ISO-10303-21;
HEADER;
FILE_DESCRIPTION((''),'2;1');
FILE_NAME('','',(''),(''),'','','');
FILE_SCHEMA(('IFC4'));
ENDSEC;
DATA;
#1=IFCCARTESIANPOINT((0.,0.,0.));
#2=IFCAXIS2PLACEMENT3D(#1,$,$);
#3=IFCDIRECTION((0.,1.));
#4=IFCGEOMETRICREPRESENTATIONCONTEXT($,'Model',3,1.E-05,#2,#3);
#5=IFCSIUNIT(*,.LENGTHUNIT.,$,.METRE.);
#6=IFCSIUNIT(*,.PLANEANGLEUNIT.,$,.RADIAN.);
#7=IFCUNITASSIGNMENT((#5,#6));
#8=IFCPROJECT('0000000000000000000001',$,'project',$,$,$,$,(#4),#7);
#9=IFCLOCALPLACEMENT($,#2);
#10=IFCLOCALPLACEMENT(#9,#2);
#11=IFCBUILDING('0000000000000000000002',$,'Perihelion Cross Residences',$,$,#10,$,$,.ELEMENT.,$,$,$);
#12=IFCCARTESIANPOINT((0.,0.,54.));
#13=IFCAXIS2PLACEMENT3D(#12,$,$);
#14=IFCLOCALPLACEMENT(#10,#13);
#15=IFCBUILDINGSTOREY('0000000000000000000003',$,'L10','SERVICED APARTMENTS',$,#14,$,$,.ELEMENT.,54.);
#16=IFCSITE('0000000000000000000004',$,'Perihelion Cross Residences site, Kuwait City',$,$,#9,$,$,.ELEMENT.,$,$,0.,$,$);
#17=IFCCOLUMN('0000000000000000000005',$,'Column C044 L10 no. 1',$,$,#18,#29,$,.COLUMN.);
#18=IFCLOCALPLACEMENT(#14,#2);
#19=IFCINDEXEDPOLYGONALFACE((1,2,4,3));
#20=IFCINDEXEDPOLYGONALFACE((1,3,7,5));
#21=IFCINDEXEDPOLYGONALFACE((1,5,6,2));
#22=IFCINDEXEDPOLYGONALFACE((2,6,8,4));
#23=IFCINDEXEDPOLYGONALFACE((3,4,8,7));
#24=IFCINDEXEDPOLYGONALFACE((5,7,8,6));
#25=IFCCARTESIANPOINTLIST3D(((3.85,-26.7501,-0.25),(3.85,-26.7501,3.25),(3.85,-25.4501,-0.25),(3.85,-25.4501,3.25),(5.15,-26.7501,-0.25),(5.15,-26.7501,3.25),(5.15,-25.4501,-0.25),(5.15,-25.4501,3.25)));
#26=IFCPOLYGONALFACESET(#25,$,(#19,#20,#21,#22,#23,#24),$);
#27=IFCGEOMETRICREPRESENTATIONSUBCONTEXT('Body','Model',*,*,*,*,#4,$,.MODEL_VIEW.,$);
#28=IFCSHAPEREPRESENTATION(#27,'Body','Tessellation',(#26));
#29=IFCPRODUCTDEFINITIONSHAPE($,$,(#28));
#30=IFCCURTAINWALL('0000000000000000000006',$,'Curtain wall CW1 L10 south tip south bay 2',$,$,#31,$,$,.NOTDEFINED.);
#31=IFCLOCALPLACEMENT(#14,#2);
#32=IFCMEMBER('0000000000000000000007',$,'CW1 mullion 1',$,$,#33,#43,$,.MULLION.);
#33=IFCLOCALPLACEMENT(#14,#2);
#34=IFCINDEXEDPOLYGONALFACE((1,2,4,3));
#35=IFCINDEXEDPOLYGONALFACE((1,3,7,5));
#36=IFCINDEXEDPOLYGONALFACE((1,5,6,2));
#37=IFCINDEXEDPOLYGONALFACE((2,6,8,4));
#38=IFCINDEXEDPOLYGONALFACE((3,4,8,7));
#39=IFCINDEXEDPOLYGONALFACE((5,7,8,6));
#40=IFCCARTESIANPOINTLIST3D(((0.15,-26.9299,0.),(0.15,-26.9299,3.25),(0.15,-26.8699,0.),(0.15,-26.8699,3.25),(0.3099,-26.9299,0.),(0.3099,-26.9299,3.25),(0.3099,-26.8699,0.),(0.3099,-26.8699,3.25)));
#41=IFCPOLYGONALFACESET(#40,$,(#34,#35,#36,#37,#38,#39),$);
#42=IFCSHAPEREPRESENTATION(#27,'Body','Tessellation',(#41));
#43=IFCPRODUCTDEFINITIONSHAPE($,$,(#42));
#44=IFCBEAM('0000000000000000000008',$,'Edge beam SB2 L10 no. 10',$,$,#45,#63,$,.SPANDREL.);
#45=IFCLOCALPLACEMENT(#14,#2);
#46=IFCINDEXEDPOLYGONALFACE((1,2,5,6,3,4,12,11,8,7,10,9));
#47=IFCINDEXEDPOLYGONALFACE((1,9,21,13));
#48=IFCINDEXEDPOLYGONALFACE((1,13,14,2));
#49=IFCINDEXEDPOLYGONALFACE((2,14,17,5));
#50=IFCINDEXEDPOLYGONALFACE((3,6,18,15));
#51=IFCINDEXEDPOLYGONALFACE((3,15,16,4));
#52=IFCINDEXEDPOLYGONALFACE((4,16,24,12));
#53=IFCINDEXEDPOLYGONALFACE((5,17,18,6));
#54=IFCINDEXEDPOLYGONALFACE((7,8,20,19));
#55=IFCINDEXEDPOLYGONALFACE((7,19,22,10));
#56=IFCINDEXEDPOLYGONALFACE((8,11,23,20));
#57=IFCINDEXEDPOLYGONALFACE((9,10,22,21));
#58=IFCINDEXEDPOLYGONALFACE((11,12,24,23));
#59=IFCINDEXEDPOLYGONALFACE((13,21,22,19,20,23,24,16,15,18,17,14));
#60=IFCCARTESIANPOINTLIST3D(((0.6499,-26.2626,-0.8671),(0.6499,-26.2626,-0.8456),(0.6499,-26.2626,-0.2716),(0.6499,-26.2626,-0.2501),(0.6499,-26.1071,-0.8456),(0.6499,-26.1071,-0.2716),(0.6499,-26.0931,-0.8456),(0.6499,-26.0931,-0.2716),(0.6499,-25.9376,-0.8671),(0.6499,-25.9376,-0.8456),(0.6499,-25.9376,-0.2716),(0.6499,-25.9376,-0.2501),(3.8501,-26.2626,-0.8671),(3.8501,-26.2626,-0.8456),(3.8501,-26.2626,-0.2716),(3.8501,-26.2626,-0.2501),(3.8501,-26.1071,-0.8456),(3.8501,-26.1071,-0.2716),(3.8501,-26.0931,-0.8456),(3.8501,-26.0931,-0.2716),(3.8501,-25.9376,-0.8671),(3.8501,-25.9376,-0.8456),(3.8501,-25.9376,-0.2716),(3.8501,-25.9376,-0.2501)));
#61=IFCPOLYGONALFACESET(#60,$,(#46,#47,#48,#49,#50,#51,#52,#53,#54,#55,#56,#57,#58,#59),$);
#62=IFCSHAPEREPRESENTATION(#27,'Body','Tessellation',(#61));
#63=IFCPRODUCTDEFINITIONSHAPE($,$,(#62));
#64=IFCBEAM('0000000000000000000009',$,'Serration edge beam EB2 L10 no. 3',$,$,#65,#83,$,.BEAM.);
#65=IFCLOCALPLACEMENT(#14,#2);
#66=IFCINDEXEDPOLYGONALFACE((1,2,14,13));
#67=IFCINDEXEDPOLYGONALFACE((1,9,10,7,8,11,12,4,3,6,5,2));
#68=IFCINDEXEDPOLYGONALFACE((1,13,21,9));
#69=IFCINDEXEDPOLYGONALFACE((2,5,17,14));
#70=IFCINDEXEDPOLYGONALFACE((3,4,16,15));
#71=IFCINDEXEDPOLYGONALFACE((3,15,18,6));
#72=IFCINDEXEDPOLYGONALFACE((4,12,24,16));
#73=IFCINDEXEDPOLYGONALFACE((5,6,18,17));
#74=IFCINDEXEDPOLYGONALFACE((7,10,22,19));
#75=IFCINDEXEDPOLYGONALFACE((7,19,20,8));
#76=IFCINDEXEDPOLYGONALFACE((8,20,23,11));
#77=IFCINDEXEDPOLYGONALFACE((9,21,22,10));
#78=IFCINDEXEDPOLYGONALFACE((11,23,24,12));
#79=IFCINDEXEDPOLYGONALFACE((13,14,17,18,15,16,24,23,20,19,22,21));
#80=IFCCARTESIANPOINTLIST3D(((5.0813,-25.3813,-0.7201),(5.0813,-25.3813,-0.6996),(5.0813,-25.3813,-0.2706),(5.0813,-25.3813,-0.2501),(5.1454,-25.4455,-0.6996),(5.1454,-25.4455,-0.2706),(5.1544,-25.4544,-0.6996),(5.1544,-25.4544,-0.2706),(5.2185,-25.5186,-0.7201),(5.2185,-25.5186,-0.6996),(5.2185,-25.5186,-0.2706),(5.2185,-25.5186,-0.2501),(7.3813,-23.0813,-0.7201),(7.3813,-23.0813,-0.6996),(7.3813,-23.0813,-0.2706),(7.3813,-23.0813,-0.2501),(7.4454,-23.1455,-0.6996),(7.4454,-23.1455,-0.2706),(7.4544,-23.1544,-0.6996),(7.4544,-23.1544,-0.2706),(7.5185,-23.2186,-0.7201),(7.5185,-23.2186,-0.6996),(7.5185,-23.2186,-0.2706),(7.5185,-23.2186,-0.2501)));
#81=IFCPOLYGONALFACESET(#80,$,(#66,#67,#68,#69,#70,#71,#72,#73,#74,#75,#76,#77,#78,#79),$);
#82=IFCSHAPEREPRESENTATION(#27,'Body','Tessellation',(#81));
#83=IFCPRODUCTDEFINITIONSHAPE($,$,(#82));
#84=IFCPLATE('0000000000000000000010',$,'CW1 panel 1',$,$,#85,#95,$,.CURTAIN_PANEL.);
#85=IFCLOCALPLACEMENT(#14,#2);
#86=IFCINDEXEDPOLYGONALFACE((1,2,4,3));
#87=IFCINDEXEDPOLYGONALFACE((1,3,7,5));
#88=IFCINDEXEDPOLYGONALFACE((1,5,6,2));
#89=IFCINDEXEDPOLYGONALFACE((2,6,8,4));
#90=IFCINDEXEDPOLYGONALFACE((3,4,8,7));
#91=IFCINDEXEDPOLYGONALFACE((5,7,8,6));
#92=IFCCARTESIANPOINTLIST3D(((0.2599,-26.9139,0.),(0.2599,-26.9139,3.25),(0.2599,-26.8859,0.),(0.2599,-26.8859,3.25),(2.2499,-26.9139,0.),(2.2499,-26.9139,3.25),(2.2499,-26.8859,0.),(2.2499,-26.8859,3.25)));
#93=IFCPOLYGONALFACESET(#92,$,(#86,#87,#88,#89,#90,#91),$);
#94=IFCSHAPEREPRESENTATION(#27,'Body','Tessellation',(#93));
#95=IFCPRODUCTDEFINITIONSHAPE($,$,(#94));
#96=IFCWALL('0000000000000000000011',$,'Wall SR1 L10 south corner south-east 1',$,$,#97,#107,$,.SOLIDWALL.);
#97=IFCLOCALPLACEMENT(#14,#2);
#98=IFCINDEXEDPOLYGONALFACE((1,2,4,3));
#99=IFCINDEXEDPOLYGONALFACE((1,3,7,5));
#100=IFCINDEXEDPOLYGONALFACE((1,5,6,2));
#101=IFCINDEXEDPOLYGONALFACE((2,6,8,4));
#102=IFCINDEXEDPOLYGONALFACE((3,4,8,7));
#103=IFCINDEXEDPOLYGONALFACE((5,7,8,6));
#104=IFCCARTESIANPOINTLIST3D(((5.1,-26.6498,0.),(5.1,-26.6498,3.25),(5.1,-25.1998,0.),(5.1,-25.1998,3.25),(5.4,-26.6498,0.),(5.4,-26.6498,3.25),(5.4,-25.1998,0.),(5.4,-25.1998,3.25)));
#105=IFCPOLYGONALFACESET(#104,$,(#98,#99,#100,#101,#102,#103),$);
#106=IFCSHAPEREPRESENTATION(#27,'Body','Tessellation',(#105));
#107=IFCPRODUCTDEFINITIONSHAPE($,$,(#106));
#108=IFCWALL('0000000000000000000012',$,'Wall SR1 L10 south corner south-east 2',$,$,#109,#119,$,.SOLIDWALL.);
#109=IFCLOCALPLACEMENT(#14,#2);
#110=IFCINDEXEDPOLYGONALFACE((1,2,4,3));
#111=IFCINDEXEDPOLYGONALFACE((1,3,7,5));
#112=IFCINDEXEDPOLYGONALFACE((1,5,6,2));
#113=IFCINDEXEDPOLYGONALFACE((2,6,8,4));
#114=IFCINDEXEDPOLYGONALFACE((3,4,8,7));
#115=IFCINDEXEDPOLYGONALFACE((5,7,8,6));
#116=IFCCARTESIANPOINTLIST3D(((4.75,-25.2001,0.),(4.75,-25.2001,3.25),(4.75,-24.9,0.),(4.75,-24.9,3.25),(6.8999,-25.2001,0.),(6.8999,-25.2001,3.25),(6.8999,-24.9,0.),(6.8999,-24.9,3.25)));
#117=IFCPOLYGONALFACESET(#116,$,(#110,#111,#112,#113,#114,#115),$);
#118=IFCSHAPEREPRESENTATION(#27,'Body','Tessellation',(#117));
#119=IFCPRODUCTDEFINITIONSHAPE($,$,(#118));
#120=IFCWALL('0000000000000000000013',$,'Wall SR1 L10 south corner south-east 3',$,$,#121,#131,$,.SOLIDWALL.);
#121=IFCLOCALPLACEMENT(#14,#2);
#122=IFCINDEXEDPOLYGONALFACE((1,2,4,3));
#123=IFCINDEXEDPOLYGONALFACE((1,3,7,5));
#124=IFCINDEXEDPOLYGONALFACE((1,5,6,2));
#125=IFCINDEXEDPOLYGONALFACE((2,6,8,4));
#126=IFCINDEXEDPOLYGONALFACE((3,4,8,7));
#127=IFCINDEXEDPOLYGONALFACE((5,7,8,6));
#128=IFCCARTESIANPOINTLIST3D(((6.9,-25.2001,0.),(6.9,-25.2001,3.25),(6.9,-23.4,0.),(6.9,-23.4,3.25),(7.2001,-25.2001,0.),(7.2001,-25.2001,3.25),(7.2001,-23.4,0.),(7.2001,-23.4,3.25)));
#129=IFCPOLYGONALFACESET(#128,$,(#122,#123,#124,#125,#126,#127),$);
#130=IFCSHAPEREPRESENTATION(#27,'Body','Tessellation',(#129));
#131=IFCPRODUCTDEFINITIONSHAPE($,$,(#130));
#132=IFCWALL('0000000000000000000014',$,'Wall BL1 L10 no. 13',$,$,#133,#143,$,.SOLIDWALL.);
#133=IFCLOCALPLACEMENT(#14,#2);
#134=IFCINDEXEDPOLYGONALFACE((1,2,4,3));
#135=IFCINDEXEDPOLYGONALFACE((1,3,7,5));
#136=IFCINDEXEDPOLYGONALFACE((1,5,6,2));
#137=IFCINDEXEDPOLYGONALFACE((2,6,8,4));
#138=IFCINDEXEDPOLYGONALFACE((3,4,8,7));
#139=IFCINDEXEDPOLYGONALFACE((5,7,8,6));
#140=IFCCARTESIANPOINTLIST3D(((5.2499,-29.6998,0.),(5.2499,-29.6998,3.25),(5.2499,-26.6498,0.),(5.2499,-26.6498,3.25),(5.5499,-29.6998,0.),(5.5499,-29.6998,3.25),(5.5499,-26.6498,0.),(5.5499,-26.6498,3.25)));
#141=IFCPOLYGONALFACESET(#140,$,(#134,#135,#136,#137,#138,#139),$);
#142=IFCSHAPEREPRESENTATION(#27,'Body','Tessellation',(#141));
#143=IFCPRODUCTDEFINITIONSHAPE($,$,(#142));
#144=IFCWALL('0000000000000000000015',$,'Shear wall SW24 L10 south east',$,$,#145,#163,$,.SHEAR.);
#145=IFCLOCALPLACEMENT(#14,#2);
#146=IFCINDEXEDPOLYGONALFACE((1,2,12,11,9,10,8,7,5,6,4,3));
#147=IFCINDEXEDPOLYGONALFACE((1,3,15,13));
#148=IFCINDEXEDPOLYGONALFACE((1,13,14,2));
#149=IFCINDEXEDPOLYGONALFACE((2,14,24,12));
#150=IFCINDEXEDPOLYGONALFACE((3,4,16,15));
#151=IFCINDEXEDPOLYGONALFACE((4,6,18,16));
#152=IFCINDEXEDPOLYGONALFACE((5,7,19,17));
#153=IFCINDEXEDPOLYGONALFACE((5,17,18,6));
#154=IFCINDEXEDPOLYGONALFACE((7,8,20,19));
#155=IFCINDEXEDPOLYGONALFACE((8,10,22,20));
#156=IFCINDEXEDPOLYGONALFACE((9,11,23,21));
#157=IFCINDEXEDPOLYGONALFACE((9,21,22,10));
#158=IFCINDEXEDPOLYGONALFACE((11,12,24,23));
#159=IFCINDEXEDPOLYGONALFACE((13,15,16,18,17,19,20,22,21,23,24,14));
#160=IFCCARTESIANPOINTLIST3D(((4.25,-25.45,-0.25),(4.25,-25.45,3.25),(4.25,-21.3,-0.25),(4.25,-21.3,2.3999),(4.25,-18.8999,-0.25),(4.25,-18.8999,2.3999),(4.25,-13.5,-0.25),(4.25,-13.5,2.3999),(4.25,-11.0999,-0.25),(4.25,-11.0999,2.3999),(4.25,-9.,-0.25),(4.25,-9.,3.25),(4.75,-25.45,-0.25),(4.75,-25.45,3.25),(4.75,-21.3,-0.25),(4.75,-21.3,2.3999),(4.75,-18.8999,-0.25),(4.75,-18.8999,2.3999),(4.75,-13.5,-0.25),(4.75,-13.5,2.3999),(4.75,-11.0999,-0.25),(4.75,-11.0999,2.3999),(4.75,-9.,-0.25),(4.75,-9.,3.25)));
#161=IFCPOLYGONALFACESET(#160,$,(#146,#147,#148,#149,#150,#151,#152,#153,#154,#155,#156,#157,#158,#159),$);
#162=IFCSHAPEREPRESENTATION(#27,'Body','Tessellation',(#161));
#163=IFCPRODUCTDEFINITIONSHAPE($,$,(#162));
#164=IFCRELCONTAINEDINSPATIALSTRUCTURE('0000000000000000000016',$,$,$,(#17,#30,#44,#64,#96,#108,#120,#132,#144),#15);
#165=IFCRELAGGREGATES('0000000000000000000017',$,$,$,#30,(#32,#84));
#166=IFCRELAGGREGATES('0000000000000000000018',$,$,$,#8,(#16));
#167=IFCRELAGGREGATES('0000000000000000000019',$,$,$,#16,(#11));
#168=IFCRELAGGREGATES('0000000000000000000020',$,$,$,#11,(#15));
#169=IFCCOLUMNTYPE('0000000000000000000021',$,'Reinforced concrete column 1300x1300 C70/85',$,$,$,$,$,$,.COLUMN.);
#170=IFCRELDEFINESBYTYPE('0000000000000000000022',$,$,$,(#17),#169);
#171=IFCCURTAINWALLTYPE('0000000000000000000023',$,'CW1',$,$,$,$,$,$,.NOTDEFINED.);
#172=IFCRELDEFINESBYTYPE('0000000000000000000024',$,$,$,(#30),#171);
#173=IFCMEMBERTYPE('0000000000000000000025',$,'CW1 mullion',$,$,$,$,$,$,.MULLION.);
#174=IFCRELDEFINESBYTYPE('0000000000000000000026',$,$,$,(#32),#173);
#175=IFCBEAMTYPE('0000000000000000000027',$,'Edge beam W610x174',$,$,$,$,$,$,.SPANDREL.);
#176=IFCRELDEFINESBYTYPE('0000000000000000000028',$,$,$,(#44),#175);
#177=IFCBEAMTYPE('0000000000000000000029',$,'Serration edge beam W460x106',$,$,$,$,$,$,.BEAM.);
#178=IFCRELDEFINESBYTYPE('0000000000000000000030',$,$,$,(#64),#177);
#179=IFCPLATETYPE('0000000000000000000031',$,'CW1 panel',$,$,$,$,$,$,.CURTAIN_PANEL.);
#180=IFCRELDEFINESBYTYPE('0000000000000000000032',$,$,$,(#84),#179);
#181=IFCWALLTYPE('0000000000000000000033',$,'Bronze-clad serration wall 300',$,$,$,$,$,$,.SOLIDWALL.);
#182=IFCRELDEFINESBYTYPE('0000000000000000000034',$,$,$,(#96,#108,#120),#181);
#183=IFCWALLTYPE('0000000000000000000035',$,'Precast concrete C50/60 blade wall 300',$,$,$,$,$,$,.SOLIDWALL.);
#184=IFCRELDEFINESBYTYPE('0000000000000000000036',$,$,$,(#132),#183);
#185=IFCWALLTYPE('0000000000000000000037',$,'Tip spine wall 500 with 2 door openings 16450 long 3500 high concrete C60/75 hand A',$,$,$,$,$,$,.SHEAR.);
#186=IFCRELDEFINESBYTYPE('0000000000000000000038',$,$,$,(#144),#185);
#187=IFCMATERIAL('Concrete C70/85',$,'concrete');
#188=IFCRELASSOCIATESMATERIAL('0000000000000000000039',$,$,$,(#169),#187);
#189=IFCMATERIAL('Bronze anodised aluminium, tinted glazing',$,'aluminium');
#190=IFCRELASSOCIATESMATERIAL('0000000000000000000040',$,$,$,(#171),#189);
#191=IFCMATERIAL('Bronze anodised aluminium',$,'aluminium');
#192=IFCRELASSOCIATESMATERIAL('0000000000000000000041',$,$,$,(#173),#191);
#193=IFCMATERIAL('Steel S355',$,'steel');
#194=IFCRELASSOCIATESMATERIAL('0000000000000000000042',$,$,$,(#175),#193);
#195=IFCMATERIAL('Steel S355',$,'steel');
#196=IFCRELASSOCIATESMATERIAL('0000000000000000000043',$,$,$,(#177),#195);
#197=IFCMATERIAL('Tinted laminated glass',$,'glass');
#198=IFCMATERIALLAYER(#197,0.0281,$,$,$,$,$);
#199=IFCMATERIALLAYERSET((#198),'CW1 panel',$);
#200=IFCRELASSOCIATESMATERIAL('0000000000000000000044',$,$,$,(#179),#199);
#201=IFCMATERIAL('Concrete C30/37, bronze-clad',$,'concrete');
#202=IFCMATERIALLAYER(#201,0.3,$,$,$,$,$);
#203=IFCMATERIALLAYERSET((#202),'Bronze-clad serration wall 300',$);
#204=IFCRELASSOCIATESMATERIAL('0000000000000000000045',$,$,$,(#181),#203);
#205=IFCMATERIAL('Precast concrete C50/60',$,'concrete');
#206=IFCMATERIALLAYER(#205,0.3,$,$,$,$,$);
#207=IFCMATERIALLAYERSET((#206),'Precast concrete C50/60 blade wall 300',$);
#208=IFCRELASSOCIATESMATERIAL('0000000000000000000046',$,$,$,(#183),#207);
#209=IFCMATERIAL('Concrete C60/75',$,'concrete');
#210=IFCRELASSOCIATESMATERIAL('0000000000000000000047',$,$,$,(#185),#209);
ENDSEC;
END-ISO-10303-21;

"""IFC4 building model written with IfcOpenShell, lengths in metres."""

from ifc_helpers import new_model, si_unit, direction, frame, frame_2d, origin, origin_2d, place, context, subcontext, project, spatial, polyline, rectangle, i_section, outline, extrude, material, layer, layer_set, material_profile, profile_set, type_object, element, aggregate, save


model = new_model("IFC4")

# Units and contexts
model_context = context("Model", 3, precision=1e-05, world=origin(), true_north=direction((0.0, 1.0)))
body_context = subcontext(model_context, "Body", "Model", "MODEL_VIEW")
ifc_project = project(units=[si_unit("LENGTHUNIT", "METRE"), si_unit("PLANEANGLEUNIT", "RADIAN")], contexts=[model_context])

# Site, building, storey
site_placement = place(None, origin())
site = spatial("IfcSite", under=ifc_project, at=site_placement, Name="Perihelion Cross Residences site, Kuwait City", CompositionType="ELEMENT", RefElevation=0.0)
building_placement = place(site_placement, origin())
building = spatial("IfcBuilding", under=site, at=building_placement, Name="Perihelion Cross Residences", CompositionType="ELEMENT")
storey_placement = place(building_placement, frame((0.0, 0.0, 54.0)))
storey = spatial("IfcBuildingStorey", under=building, at=storey_placement, Name="L10", Description="SERVICED APARTMENTS", CompositionType="ELEMENT", Elevation=54.0)

# Column
ifc_material_1 = material(Name="Concrete C70/85", Category="concrete")
ifc_material_profile_1 = material_profile(ifc_material_1, rectangle(XDim=1.3, YDim=1.3, at=origin_2d()), Name="RC 1300x1300")
ifc_profile_set_1 = profile_set([ifc_material_profile_1], Name="Concrete C70/85")
column_type = type_object("IfcColumnType", Name="Reinforced concrete column 1300x1300 C70/85", PredefinedType="COLUMN", material=ifc_profile_set_1)
column_placement = place(storey_placement, frame((4.5, -26.1001, -0.25), z_axis=(0.0, 0.0, 1.0), x_axis=(1.0, 0.0, 0.0)))
element("IfcColumn", 1, at=column_placement, inside=storey, type_object=column_type, Name="Column C044 L10 no. 1", PredefinedType="COLUMN", context=body_context, shape_type="SweptSolid", body=[
    extrude(rectangle(XDim=1.3, YDim=1.3, at=origin_2d()), origin(), (0.0, 0.0, 1.0), 3.5),
])

# Curtain wall, member
ifc_material_2 = material(Name="Bronze anodised aluminium, tinted glazing", Category="aluminium")
curtain_wall_type = type_object("IfcCurtainWallType", Name="CW1", PredefinedType="NOTDEFINED", material=ifc_material_2)
curtain_wall_placement = place(storey_placement, origin())
curtain_wall = element("IfcCurtainWall", 2, at=curtain_wall_placement, inside=storey, type_object=curtain_wall_type, Name="Curtain wall CW1 L10 south tip south bay 2", PredefinedType="NOTDEFINED")
ifc_material_3 = material(Name="Bronze anodised aluminium", Category="aluminium")
ifc_material_profile_2 = material_profile(ifc_material_3, rectangle(XDim=0.0601, YDim=0.1599, at=origin_2d()), Name="CW1 mullion")
ifc_profile_set_2 = profile_set([ifc_material_profile_2], Name="Bronze anodised aluminium")
member_type = type_object("IfcMemberType", Name="CW1 mullion", PredefinedType="MULLION", material=ifc_profile_set_2)
member_placement = place(storey_placement, frame((0.23, -26.8999, 0.0), z_axis=(0.0, 0.0, 1.0), x_axis=(0.0, 1.0, 0.0)))
member = element("IfcMember", 3, at=member_placement, type_object=member_type, Name="CW1 mullion 1", PredefinedType="MULLION", context=body_context, shape_type="SweptSolid", body=[
    extrude(rectangle(XDim=0.0601, YDim=0.1599, at=origin_2d()), origin(), (0.0, 0.0, 1.0), 3.25),
])

# Beams
ifc_material_4 = material(Name="Steel S355", Category="steel")
ifc_material_profile_3 = material_profile(ifc_material_4, i_section(OverallWidth=0.325, OverallDepth=0.6169, WebThickness=0.0139, FlangeThickness=0.0215, at=origin_2d()), Name="W610x174")
ifc_profile_set_3 = profile_set([ifc_material_profile_3], Name="Steel S355")
beam_type_1 = type_object("IfcBeamType", Name="Edge beam W610x174", PredefinedType="SPANDREL", material=ifc_profile_set_3)
beam_1_placement = place(storey_placement, frame((0.6499, -26.1001, -0.5586), z_axis=(1.0, 0.0, 0.0), x_axis=(0.0, 1.0, 0.0)))
element("IfcBeam", 4, at=beam_1_placement, inside=storey, type_object=beam_type_1, Name="Edge beam SB2 L10 no. 10", PredefinedType="SPANDREL", context=body_context, shape_type="SweptSolid", body=[
    extrude(i_section(OverallWidth=0.325, OverallDepth=0.6169, WebThickness=0.0139, FlangeThickness=0.0215, at=origin_2d()), origin(), (0.0, 0.0, 1.0), 3.2002),
])
ifc_material_5 = material(Name="Steel S355", Category="steel")
ifc_material_profile_4 = material_profile(ifc_material_5, i_section(OverallWidth=0.1941, OverallDepth=0.47, WebThickness=0.0127, FlangeThickness=0.0205, at=origin_2d()), Name="W460x106")
ifc_profile_set_4 = profile_set([ifc_material_profile_4], Name="Steel S355")
beam_type_2 = type_object("IfcBeamType", Name="Serration edge beam W460x106", PredefinedType="BEAM", material=ifc_profile_set_4)
beam_2_placement = place(storey_placement, frame((5.1499, -25.45, -0.4851), z_axis=(0.707107, 0.707107, 0.0), x_axis=(-0.707107, 0.707107, 0.0)))
element("IfcBeam", 5, at=beam_2_placement, inside=storey, type_object=beam_type_2, Name="Serration edge beam EB2 L10 no. 3", PredefinedType="BEAM", context=body_context, shape_type="SweptSolid", body=[
    extrude(i_section(OverallWidth=0.1941, OverallDepth=0.47, WebThickness=0.0127, FlangeThickness=0.0205, at=origin_2d()), origin(), (0.0, 0.0, 1.0), 3.2527),
])

# Plate
ifc_material_6 = material(Name="Tinted laminated glass", Category="glass")
ifc_layer_1 = layer(ifc_material_6, 0.0281)
ifc_layer_set_1 = layer_set([ifc_layer_1], Name="CW1 panel")
plate_type = type_object("IfcPlateType", Name="CW1 panel", PredefinedType="CURTAIN_PANEL", material=ifc_layer_set_1)
plate_placement = place(storey_placement, frame((1.2549, -26.8999, 0.0), z_axis=(0.0, 0.0, 1.0), x_axis=(1.0, 0.0, 0.0)))
plate = element("IfcPlate", 6, at=plate_placement, type_object=plate_type, Name="CW1 panel 1", PredefinedType="CURTAIN_PANEL", context=body_context, shape_type="SweptSolid", body=[
    extrude(rectangle(XDim=1.99, YDim=0.0281, at=origin_2d()), origin(), (0.0, 0.0, 1.0), 3.25),
])
aggregate(curtain_wall, [member, plate])

# Walls
ifc_material_7 = material(Name="Concrete C30/37, bronze-clad", Category="concrete")
ifc_layer_2 = layer(ifc_material_7, 0.3)
ifc_layer_set_2 = layer_set([ifc_layer_2], Name="Bronze-clad serration wall 300")
wall_type_1 = type_object("IfcWallType", Name="Bronze-clad serration wall 300", PredefinedType="SOLIDWALL", material=ifc_layer_set_2)
wall_1_placement = place(storey_placement, frame((5.25, -26.6499, 0.0), z_axis=(0.0, 0.0, 1.0), x_axis=(0.0, 1.0, 0.0)))
element("IfcWall", 7, at=wall_1_placement, inside=storey, type_object=wall_type_1, Name="Wall SR1 L10 south corner south-east 1", PredefinedType="SOLIDWALL", context=body_context, shape_type="SweptSolid", body=[
    extrude(rectangle(XDim=1.45, YDim=0.3, at=frame_2d((0.7251, 0.0))), origin(), (0.0, 0.0, 1.0), 3.25),
])
wall_2_placement = place(storey_placement, frame((4.75, -25.05, 0.0), z_axis=(0.0, 0.0, 1.0), x_axis=(1.0, 0.0, 0.0)))
element("IfcWall", 8, at=wall_2_placement, inside=storey, type_object=wall_type_1, Name="Wall SR1 L10 south corner south-east 2", PredefinedType="SOLIDWALL", context=body_context, shape_type="SweptSolid", body=[
    extrude(rectangle(XDim=2.1499, YDim=0.3, at=frame_2d((1.075, 0.0))), origin(), (0.0, 0.0, 1.0), 3.25),
])
wall_3_placement = place(storey_placement, frame((7.05, -25.2, 0.0), z_axis=(0.0, 0.0, 1.0), x_axis=(0.0, 1.0, 0.0)))
element("IfcWall", 9, at=wall_3_placement, inside=storey, type_object=wall_type_1, Name="Wall SR1 L10 south corner south-east 3", PredefinedType="SOLIDWALL", context=body_context, shape_type="SweptSolid", body=[
    extrude(rectangle(XDim=1.8, YDim=0.3, at=frame_2d((0.8999, 0.0))), origin(), (0.0, 0.0, 1.0), 3.25),
])
ifc_material_8 = material(Name="Precast concrete C50/60", Category="concrete")
ifc_layer_3 = layer(ifc_material_8, 0.3)
ifc_layer_set_3 = layer_set([ifc_layer_3], Name="Precast concrete C50/60 blade wall 300")
wall_type_2 = type_object("IfcWallType", Name="Precast concrete C50/60 blade wall 300", PredefinedType="SOLIDWALL", material=ifc_layer_set_3)
wall_4_placement = place(storey_placement, frame((5.3999, -26.6499, 0.0), z_axis=(0.0, 0.0, 1.0), x_axis=(0.0, -1.0, 0.0)))
element("IfcWall", 10, at=wall_4_placement, inside=storey, type_object=wall_type_2, Name="Wall BL1 L10 no. 13", PredefinedType="SOLIDWALL", context=body_context, shape_type="SweptSolid", body=[
    extrude(rectangle(XDim=3.05, YDim=0.3, at=frame_2d((1.5249, 0.0))), origin(), (0.0, 0.0, 1.0), 3.25),
])
ifc_material_9 = material(Name="Concrete C60/75", Category="concrete")
ifc_material_profile_5 = material_profile(ifc_material_9, outline(polyline([(0.0, 0.0), (4.1499, 0.0), (4.1499, 2.6499), (6.55, 2.6499), (6.55, 0.0), (11.95, 0.0), (11.95, 2.6499), (14.3501, 2.6499), (14.3501, 0.0), (16.45, 0.0), (16.45, 3.5), (0.0, 3.5), (0.0, 0.0)])), Name="Tip spine wall")
ifc_profile_set_5 = profile_set([ifc_material_profile_5], Name="Concrete C60/75")
wall_type_3 = type_object("IfcWallType", Name="Tip spine wall 500 with 2 door openings 16450 long 3500 high concrete C60/75 hand A", PredefinedType="SHEAR", material=ifc_profile_set_5)
wall_5_placement = place(storey_placement, frame((4.25, -25.45, -0.25), z_axis=(1.0, 0.0, 0.0), x_axis=(0.0, 1.0, 0.0)))
element("IfcWall", 11, at=wall_5_placement, inside=storey, type_object=wall_type_3, Name="Shear wall SW24 L10 south east", PredefinedType="SHEAR", context=body_context, shape_type="SweptSolid", body=[
    extrude(outline(polyline([(0.0, 0.0), (4.1499, 0.0), (4.1499, 2.6499), (6.55, 2.6499), (6.55, 0.0), (11.95, 0.0), (11.95, 2.6499), (14.3501, 2.6499), (14.3501, 0.0), (16.45, 0.0), (16.45, 3.5), (0.0, 3.5), (0.0, 0.0)])), origin(), (0.0, 0.0, 1.0), 0.5),
])

save(model, "model.ifc")
